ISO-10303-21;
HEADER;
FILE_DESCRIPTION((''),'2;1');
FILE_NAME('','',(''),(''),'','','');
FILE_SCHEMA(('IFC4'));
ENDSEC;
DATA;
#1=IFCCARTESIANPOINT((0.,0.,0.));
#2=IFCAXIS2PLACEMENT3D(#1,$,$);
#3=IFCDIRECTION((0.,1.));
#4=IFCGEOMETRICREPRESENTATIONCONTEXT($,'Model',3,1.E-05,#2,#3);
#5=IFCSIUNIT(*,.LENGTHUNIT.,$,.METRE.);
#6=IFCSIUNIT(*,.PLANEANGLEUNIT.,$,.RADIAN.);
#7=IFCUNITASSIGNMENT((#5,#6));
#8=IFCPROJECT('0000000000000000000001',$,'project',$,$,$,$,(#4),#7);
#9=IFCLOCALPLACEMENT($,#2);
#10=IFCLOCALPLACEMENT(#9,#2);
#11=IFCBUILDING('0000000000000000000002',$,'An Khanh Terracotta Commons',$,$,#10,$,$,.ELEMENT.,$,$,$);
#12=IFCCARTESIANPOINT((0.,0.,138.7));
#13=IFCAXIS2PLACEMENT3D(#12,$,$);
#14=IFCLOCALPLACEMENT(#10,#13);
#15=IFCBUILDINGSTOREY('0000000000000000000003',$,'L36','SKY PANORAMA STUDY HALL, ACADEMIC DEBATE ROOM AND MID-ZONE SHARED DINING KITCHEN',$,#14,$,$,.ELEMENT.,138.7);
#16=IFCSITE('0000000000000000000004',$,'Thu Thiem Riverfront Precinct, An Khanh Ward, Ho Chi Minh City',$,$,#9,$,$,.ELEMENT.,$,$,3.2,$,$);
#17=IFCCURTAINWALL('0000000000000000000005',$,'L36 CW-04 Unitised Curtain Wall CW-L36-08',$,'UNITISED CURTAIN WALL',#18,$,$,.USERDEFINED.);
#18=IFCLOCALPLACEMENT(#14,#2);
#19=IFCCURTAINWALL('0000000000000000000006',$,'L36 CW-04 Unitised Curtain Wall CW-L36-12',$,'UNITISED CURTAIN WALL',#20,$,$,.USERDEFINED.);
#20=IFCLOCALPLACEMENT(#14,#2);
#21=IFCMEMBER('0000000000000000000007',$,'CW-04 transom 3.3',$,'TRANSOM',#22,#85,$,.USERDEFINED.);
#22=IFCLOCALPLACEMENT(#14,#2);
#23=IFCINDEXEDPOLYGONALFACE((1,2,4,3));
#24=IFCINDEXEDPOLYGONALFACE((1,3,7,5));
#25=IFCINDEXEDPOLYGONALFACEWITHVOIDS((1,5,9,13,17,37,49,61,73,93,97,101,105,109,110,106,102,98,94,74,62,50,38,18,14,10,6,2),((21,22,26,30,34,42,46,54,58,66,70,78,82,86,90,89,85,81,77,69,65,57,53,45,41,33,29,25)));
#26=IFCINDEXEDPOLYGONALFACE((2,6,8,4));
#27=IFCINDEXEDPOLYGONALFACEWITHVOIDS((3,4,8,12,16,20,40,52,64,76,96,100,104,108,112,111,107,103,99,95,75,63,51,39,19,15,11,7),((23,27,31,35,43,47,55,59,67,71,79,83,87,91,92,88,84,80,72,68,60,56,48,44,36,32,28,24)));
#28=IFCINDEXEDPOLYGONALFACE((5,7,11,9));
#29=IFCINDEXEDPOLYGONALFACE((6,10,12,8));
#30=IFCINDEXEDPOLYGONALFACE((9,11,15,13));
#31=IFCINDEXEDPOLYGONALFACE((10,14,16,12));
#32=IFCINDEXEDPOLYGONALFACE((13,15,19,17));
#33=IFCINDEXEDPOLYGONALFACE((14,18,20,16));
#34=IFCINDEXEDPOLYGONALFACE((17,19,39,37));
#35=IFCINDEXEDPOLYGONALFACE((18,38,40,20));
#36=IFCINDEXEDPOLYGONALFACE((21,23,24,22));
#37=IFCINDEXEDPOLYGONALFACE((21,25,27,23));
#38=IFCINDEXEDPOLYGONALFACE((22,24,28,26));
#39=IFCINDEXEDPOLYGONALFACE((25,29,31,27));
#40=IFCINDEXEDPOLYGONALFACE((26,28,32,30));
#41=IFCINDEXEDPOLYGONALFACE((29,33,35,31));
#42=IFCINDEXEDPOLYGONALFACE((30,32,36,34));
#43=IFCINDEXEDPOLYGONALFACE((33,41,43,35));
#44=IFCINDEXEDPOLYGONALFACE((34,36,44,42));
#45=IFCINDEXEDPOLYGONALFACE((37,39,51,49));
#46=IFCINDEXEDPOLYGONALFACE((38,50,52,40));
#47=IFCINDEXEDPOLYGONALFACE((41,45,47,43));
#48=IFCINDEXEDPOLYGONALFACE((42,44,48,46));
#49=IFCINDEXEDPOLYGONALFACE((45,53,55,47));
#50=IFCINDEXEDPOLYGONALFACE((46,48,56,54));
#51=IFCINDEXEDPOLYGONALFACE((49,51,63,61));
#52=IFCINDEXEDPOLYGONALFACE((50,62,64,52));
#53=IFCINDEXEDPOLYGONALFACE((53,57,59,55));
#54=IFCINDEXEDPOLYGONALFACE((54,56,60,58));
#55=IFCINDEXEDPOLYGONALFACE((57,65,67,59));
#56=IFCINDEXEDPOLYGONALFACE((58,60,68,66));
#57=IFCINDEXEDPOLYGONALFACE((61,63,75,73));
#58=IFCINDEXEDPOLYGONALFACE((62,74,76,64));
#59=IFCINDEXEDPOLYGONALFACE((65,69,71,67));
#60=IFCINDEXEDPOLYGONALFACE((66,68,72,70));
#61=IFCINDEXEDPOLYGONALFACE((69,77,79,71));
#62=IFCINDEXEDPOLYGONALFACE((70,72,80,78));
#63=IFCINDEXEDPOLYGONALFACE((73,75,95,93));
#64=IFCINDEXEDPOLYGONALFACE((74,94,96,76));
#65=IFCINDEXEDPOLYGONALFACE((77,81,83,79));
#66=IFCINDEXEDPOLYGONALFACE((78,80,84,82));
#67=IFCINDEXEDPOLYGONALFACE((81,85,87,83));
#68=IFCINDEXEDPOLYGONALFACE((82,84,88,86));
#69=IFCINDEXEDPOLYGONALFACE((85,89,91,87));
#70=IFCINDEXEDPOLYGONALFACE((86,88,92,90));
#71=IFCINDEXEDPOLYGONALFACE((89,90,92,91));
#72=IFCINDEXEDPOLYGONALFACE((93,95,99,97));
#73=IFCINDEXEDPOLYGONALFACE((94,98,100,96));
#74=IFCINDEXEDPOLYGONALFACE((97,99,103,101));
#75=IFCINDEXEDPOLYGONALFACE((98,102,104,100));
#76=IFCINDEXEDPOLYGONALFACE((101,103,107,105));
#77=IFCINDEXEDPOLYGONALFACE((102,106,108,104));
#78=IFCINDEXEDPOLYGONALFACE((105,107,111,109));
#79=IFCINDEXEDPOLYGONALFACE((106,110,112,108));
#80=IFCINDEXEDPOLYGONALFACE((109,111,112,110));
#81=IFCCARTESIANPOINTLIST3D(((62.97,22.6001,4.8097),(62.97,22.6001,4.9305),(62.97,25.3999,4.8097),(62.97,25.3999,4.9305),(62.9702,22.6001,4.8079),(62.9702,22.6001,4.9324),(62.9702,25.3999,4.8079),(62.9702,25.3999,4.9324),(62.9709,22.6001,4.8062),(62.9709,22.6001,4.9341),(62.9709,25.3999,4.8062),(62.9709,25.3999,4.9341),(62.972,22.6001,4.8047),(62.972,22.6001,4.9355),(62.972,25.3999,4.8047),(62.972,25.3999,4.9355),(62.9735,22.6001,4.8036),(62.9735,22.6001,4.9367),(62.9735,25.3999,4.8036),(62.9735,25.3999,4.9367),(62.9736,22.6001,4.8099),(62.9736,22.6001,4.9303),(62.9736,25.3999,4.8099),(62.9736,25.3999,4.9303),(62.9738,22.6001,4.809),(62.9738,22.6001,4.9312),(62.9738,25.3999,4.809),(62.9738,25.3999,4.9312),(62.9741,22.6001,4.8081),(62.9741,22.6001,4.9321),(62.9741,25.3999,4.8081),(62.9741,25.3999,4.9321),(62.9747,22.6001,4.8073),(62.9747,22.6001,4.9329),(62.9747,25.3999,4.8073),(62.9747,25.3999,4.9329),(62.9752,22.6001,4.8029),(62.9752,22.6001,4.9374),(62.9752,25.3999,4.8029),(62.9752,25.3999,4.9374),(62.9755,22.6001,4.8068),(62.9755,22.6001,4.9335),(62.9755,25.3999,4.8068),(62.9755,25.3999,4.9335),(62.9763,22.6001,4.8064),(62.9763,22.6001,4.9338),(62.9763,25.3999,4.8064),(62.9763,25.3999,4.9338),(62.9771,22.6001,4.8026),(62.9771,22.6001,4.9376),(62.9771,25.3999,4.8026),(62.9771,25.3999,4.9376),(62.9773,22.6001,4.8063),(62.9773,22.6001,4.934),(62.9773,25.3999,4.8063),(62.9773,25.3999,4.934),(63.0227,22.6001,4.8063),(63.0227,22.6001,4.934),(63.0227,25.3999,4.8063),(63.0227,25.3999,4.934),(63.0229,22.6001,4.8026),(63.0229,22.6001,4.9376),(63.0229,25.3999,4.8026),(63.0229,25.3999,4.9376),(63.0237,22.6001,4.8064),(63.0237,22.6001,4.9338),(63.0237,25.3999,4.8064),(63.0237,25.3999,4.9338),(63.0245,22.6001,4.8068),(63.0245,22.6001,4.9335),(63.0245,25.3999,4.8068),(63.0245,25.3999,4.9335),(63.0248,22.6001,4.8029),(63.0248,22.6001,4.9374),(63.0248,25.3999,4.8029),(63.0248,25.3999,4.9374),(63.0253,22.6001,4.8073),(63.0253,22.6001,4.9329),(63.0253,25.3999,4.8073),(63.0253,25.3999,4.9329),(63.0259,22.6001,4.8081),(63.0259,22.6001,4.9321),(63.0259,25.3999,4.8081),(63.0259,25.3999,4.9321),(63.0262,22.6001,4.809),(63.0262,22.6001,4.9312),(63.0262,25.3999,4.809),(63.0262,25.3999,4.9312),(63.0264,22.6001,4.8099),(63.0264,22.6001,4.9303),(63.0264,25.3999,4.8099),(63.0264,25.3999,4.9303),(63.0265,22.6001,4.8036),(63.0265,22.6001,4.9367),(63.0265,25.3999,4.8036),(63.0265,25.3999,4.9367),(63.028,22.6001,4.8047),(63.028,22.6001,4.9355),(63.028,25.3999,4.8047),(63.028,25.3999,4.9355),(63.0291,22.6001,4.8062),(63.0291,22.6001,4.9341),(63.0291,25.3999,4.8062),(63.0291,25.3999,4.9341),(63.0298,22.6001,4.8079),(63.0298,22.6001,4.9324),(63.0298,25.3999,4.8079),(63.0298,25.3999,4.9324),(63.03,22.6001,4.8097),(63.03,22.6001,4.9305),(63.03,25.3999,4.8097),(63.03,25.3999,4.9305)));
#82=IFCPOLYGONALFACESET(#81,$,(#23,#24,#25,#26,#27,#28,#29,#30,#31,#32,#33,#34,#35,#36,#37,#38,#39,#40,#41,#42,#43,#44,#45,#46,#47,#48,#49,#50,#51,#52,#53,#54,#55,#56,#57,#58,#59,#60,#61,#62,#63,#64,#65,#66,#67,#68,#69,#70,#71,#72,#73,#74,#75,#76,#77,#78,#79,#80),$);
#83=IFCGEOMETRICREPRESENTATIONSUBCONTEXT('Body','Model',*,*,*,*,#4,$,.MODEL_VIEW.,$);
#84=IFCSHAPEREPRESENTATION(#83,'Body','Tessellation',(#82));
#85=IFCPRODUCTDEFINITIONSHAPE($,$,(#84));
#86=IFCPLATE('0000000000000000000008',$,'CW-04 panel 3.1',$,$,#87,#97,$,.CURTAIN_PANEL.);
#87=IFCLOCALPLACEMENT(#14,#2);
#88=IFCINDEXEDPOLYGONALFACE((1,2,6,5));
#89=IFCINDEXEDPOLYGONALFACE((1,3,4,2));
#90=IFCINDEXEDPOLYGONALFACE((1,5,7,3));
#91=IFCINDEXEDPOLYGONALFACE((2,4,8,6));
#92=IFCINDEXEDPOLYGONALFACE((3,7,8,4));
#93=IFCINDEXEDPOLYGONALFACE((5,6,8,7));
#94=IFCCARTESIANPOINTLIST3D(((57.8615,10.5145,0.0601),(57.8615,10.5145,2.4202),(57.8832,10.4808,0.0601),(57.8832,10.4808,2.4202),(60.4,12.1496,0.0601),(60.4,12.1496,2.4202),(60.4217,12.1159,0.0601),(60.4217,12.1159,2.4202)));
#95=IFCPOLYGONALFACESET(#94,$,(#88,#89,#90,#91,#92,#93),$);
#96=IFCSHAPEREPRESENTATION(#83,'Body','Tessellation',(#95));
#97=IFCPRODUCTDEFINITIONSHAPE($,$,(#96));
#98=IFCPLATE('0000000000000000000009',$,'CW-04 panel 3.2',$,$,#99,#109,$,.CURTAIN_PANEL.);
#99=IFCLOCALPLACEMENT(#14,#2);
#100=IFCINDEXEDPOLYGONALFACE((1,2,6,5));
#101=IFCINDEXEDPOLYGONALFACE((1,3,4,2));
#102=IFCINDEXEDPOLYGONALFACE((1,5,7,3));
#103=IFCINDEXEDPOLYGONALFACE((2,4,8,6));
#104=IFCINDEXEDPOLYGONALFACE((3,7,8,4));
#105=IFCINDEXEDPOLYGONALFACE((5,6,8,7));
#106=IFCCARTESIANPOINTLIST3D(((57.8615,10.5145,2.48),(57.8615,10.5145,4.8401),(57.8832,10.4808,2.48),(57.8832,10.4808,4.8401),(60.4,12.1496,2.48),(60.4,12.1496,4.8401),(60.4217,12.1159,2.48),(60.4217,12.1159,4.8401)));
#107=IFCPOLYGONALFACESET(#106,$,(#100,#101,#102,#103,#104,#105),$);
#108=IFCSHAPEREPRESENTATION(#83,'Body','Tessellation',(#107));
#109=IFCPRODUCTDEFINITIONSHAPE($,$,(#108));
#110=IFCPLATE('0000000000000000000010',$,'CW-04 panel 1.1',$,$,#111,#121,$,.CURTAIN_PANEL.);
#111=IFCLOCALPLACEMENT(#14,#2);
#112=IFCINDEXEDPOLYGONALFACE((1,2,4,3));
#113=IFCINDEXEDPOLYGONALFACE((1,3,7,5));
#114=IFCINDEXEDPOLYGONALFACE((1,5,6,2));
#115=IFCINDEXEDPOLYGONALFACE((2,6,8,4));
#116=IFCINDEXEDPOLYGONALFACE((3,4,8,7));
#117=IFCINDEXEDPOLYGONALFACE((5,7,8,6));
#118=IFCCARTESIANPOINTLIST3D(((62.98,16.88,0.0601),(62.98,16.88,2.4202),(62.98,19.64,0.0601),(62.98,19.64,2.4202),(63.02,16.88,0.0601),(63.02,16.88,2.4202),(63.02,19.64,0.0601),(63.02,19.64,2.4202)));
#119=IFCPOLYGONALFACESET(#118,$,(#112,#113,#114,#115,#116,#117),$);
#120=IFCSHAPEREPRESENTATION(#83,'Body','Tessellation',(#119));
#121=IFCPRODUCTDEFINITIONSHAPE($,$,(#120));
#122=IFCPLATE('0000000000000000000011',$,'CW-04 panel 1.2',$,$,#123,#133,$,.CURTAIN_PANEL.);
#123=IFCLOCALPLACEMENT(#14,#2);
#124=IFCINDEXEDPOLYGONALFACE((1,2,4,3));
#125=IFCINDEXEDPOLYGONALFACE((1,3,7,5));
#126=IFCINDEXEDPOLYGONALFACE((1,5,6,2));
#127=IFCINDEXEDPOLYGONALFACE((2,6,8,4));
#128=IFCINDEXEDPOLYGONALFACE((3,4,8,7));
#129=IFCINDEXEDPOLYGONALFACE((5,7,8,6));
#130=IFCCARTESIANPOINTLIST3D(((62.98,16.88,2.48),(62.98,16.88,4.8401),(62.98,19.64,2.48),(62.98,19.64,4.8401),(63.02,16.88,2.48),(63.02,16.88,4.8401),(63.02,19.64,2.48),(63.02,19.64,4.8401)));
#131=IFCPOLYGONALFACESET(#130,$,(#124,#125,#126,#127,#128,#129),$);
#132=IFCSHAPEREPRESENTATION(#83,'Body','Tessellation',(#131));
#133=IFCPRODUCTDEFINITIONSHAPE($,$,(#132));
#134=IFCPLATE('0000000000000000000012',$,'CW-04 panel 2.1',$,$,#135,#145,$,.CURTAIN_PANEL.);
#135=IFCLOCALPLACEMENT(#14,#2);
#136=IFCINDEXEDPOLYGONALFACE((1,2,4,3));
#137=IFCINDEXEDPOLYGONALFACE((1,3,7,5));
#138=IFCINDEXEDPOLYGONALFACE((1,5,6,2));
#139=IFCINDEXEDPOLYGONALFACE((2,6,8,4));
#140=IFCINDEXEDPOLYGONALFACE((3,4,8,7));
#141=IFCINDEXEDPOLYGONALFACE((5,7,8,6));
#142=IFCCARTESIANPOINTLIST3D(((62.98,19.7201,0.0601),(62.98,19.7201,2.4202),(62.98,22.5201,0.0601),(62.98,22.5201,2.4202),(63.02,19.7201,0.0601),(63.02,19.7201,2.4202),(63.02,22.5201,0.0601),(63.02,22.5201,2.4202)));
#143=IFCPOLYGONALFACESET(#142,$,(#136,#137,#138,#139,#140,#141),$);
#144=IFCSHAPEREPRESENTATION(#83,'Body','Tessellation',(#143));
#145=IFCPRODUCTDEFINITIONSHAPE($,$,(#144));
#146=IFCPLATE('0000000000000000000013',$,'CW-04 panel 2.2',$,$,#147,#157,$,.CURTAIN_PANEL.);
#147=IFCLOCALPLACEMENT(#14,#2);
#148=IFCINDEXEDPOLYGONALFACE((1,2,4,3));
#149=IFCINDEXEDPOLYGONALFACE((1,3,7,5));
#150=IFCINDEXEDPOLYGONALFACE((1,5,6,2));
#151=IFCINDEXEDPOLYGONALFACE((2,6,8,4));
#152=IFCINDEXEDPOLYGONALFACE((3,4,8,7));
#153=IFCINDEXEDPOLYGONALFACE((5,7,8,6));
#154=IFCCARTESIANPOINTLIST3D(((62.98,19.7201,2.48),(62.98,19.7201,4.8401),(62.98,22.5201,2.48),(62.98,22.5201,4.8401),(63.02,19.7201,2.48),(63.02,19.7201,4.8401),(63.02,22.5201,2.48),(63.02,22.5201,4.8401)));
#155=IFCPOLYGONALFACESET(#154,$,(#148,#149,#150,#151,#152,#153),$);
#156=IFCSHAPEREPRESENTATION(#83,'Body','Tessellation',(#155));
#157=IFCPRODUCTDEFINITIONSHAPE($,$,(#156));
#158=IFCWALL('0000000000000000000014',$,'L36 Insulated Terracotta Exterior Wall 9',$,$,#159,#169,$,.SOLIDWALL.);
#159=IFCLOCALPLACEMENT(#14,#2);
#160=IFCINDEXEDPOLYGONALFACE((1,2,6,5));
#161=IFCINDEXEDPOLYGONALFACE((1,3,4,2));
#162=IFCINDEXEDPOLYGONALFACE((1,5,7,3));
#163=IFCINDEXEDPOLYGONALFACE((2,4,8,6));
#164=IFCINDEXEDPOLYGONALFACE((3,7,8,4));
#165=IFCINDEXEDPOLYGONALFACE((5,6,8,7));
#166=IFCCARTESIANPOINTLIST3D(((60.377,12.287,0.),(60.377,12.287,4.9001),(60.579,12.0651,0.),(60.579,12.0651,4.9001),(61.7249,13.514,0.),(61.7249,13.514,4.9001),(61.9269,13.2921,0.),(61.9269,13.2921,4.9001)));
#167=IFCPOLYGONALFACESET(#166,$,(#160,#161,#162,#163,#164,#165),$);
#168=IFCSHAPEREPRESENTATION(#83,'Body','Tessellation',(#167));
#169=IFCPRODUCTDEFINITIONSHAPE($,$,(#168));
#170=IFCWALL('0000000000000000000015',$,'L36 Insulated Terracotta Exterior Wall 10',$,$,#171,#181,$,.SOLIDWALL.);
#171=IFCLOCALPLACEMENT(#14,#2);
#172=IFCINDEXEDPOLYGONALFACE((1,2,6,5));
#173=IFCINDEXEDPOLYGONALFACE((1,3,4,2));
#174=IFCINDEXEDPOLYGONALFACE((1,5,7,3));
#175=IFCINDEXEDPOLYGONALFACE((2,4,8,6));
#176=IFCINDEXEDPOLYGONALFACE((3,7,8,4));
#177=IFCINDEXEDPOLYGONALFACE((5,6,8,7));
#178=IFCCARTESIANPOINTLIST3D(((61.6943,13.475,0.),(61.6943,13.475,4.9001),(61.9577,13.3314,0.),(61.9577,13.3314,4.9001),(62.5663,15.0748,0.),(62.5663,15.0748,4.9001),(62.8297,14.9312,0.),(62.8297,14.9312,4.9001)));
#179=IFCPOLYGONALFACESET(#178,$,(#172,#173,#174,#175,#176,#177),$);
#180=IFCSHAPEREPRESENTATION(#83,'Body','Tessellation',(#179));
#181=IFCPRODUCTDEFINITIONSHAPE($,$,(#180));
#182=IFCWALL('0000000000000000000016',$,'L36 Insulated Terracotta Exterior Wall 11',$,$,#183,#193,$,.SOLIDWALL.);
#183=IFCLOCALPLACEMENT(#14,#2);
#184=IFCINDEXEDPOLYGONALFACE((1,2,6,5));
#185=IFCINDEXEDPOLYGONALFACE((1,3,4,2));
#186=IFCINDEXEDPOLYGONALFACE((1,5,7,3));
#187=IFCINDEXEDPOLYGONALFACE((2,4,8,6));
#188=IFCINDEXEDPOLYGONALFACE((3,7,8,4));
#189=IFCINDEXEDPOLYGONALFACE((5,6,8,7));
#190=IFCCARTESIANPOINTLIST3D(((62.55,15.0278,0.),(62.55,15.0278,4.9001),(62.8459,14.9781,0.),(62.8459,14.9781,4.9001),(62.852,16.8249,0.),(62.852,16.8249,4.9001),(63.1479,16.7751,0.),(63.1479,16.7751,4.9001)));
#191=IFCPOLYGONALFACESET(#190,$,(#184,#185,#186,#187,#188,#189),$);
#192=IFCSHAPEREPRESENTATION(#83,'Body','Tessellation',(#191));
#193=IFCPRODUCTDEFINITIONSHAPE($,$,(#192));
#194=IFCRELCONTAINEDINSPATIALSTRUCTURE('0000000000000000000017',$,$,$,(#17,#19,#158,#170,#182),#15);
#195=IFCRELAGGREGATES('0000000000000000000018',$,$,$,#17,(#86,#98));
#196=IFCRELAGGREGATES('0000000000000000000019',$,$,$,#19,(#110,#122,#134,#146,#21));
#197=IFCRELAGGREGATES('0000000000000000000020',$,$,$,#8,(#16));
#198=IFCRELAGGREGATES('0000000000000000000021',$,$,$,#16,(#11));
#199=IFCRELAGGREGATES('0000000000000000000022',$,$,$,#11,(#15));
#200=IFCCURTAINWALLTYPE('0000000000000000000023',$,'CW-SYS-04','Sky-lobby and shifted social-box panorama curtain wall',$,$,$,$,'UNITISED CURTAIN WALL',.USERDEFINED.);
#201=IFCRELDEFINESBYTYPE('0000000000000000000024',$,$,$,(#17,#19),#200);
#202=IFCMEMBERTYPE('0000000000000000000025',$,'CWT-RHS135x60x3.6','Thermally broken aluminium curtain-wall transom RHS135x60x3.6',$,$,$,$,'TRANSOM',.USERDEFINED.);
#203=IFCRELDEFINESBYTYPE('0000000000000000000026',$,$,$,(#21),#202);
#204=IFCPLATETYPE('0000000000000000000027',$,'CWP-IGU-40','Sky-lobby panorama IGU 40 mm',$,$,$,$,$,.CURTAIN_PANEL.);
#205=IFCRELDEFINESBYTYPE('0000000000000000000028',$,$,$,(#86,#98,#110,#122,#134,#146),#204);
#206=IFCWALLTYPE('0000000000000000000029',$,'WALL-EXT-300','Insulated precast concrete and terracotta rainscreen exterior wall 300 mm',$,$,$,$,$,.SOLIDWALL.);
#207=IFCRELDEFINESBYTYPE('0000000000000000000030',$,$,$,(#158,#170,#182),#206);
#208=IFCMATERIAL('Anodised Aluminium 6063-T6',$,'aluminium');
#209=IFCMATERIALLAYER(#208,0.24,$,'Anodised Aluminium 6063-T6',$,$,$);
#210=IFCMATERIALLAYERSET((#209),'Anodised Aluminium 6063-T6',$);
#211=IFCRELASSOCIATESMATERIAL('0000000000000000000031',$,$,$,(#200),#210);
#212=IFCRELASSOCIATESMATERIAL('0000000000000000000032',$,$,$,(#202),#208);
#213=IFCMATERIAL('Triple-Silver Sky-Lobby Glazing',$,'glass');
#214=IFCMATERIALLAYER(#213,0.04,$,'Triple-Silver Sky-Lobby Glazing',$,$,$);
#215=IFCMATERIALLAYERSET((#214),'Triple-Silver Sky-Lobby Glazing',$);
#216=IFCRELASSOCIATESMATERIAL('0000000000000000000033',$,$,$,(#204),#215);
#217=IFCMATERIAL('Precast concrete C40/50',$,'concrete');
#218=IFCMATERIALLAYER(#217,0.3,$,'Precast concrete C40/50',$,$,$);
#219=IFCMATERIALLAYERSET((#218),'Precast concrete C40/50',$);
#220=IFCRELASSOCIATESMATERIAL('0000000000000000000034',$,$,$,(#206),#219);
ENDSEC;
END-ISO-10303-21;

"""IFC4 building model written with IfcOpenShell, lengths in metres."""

from ifc_helpers import new_model, si_unit, direction, frame, frame_2d, origin, origin_2d, place, context, subcontext, project, spatial, rectangle, hollow_rectangle, extrude, material, layer, layer_set, material_profile, profile_set, type_object, element, aggregate, save


model = new_model("IFC4")

# Units and contexts
model_context = context("Model", 3, precision=1e-05, world=origin(), true_north=direction((0.0, 1.0)))
body_context = subcontext(model_context, "Body", "Model", "MODEL_VIEW")
ifc_project = project(units=[si_unit("LENGTHUNIT", "METRE"), si_unit("PLANEANGLEUNIT", "RADIAN")], contexts=[model_context])

# Site, building, storey
site_placement = place(None, origin())
site = spatial("IfcSite", under=ifc_project, at=site_placement, Name="Thu Thiem Riverfront Precinct, An Khanh Ward, Ho Chi Minh City", CompositionType="ELEMENT", RefElevation=3.2)
building_placement = place(site_placement, origin())
building = spatial("IfcBuilding", under=site, at=building_placement, Name="An Khanh Terracotta Commons", CompositionType="ELEMENT")
storey_placement = place(building_placement, frame((0.0, 0.0, 138.7)))
storey = spatial("IfcBuildingStorey", under=building, at=storey_placement, Name="L36", Description="SKY PANORAMA STUDY HALL, ACADEMIC DEBATE ROOM AND MID-ZONE SHARED DINING KITCHEN", CompositionType="ELEMENT", Elevation=138.7)

# Curtain walls
ifc_material_1 = material(Name="Anodised Aluminium 6063-T6", Category="aluminium")
ifc_layer_1 = layer(ifc_material_1, 0.24, Name="Anodised Aluminium 6063-T6")
ifc_layer_set_1 = layer_set([ifc_layer_1], Name="Anodised Aluminium 6063-T6")
curtain_wall_type = type_object("IfcCurtainWallType", Name="CW-SYS-04", Description="Sky-lobby and shifted social-box panorama curtain wall", ElementType="UNITISED CURTAIN WALL", PredefinedType="USERDEFINED", material=ifc_layer_set_1)
curtain_wall_1_placement = place(storey_placement, origin())
curtain_wall_1 = element("IfcCurtainWall", 1, at=curtain_wall_1_placement, inside=storey, type_object=curtain_wall_type, Name="L36 CW-04 Unitised Curtain Wall CW-L36-08", ObjectType="UNITISED CURTAIN WALL", PredefinedType="USERDEFINED")
curtain_wall_2_placement = place(storey_placement, origin())
curtain_wall_2 = element("IfcCurtainWall", 2, at=curtain_wall_2_placement, inside=storey, type_object=curtain_wall_type, Name="L36 CW-04 Unitised Curtain Wall CW-L36-12", ObjectType="UNITISED CURTAIN WALL", PredefinedType="USERDEFINED")

# Member
ifc_material_profile_1 = material_profile(ifc_material_1, hollow_rectangle(XDim=0.0601, YDim=0.135, WallThickness=0.0037, InnerFilletRadius=0.0037, OuterFilletRadius=0.0071, at=origin_2d()), Name="RHS135x60x3.6")
ifc_profile_set_1 = profile_set([ifc_material_profile_1], Name="Anodised Aluminium 6063-T6")
member_type_1 = type_object("IfcMemberType", Name="CWT-RHS135x60x3.6", Description="Thermally broken aluminium curtain-wall transom RHS135x60x3.6", ElementType="TRANSOM", PredefinedType="USERDEFINED", material=ifc_profile_set_1)
member_1_placement = place(storey_placement, frame((63.0, 22.6001, 4.8701), z_axis=(0.0, 1.0, 0.0), x_axis=(-1.0, 0.0, 0.0)))
member_1 = element("IfcMember", 3, at=member_1_placement, type_object=member_type_1, Name="CW-04 transom 3.3", ObjectType="TRANSOM", PredefinedType="USERDEFINED", context=body_context, shape_type="SweptSolid", body=[
    extrude(hollow_rectangle(XDim=0.0601, YDim=0.135, WallThickness=0.0037, InnerFilletRadius=0.0037, OuterFilletRadius=0.0071, at=origin_2d()), origin(), (0.0, 0.0, 1.0), 2.7998),
])

# Plates
ifc_material_2 = material(Name="Triple-Silver Sky-Lobby Glazing", Category="glass")
ifc_layer_2 = layer(ifc_material_2, 0.04, Name="Triple-Silver Sky-Lobby Glazing")
ifc_layer_set_2 = layer_set([ifc_layer_2], Name="Triple-Silver Sky-Lobby Glazing")
plate_type = type_object("IfcPlateType", Name="CWP-IGU-40", Description="Sky-lobby panorama IGU 40 mm", PredefinedType="CURTAIN_PANEL", material=ifc_layer_set_2)
plate_1_placement = place(storey_placement, frame((59.1416, 11.3152, 0.0601), z_axis=(0.0, 0.0, 1.0), x_axis=(0.840702, 0.541498, 0.0)))
plate_1 = element("IfcPlate", 4, at=plate_1_placement, type_object=plate_type, Name="CW-04 panel 3.1", PredefinedType="CURTAIN_PANEL", context=body_context, shape_type="SweptSolid", body=[
    extrude(rectangle(XDim=3.0195, YDim=0.04, at=origin_2d()), origin(), (0.0, 0.0, 1.0), 2.3601),
])
plate_2_placement = place(storey_placement, frame((59.1416, 11.3152, 2.48), z_axis=(0.0, 0.0, 1.0), x_axis=(0.840702, 0.541498, 0.0)))
plate_2 = element("IfcPlate", 5, at=plate_2_placement, type_object=plate_type, Name="CW-04 panel 3.2", PredefinedType="CURTAIN_PANEL", context=body_context, shape_type="SweptSolid", body=[
    extrude(rectangle(XDim=3.0195, YDim=0.04, at=origin_2d()), origin(), (0.0, 0.0, 1.0), 2.3601),
])
aggregate(curtain_wall_1, [plate_1, plate_2])
plate_3_placement = place(storey_placement, frame((63.0, 18.26, 0.0601), z_axis=(0.0, 0.0, 1.0), x_axis=(0.0, 1.0, 0.0)))
plate_3 = element("IfcPlate", 6, at=plate_3_placement, type_object=plate_type, Name="CW-04 panel 1.1", PredefinedType="CURTAIN_PANEL", context=body_context, shape_type="SweptSolid", body=[
    extrude(rectangle(XDim=2.76, YDim=0.04, at=origin_2d()), origin(), (0.0, 0.0, 1.0), 2.3601),
])
plate_4_placement = place(storey_placement, frame((63.0, 18.26, 2.48), z_axis=(0.0, 0.0, 1.0), x_axis=(0.0, 1.0, 0.0)))
plate_4 = element("IfcPlate", 7, at=plate_4_placement, type_object=plate_type, Name="CW-04 panel 1.2", PredefinedType="CURTAIN_PANEL", context=body_context, shape_type="SweptSolid", body=[
    extrude(rectangle(XDim=2.76, YDim=0.04, at=origin_2d()), origin(), (0.0, 0.0, 1.0), 2.3601),
])
plate_5_placement = place(storey_placement, frame((63.0, 21.1201, 0.0601), z_axis=(0.0, 0.0, 1.0), x_axis=(0.0, 1.0, 0.0)))
plate_5 = element("IfcPlate", 8, at=plate_5_placement, type_object=plate_type, Name="CW-04 panel 2.1", PredefinedType="CURTAIN_PANEL", context=body_context, shape_type="SweptSolid", body=[
    extrude(rectangle(XDim=2.8, YDim=0.04, at=origin_2d()), origin(), (0.0, 0.0, 1.0), 2.3601),
])
plate_6_placement = place(storey_placement, frame((63.0, 21.1201, 2.48), z_axis=(0.0, 0.0, 1.0), x_axis=(0.0, 1.0, 0.0)))
plate_6 = element("IfcPlate", 9, at=plate_6_placement, type_object=plate_type, Name="CW-04 panel 2.2", PredefinedType="CURTAIN_PANEL", context=body_context, shape_type="SweptSolid", body=[
    extrude(rectangle(XDim=2.8, YDim=0.04, at=origin_2d()), origin(), (0.0, 0.0, 1.0), 2.3601),
])
aggregate(curtain_wall_2, [plate_3, plate_4, plate_5, plate_6, member_1])

# Walls
ifc_material_3 = material(Name="Precast concrete C40/50", Category="concrete")
ifc_layer_3 = layer(ifc_material_3, 0.3, Name="Precast concrete C40/50")
ifc_layer_set_3 = layer_set([ifc_layer_3], Name="Precast concrete C40/50")
wall_type = type_object("IfcWallType", Name="WALL-EXT-300", Description="Insulated precast concrete and terracotta rainscreen exterior wall 300 mm", PredefinedType="SOLIDWALL", material=ifc_layer_set_3)
wall_1_placement = place(storey_placement, frame((60.478, 12.176, 0.0), z_axis=(0.0, 0.0, 1.0), x_axis=(0.739479, 0.673179, 0.0)))
element("IfcWall", 10, at=wall_1_placement, inside=storey, type_object=wall_type, Name="L36 Insulated Terracotta Exterior Wall 9", PredefinedType="SOLIDWALL", context=body_context, shape_type="SweptSolid", body=[
    extrude(rectangle(XDim=1.8228, YDim=0.3, at=frame_2d((0.9114, 0.0))), origin(), (0.0, 0.0, 1.0), 4.9001),
])
wall_2_placement = place(storey_placement, frame((61.8259, 13.4031, 0.0), z_axis=(0.0, 0.0, 1.0), x_axis=(0.478608, 0.878029, 0.0)))
element("IfcWall", 11, at=wall_2_placement, inside=storey, type_object=wall_type, Name="L36 Insulated Terracotta Exterior Wall 10", PredefinedType="SOLIDWALL", context=body_context, shape_type="SweptSolid", body=[
    extrude(rectangle(XDim=1.822, YDim=0.3, at=frame_2d((0.9111, 0.0))), origin(), (0.0, 0.0, 1.0), 4.9001),
])
wall_3_placement = place(storey_placement, frame((62.698, 15.0029, 0.0), z_axis=(0.0, 0.0, 1.0), x_axis=(0.165724, 0.986172, 0.0)))
element("IfcWall", 12, at=wall_3_placement, inside=storey, type_object=wall_type, Name="L36 Insulated Terracotta Exterior Wall 11", PredefinedType="SOLIDWALL", context=body_context, shape_type="SweptSolid", body=[
    extrude(rectangle(XDim=1.8223, YDim=0.3, at=frame_2d((0.9111, 0.0))), origin(), (0.0, 0.0, 1.0), 4.9001),
])

save(model, "model.ifc")
